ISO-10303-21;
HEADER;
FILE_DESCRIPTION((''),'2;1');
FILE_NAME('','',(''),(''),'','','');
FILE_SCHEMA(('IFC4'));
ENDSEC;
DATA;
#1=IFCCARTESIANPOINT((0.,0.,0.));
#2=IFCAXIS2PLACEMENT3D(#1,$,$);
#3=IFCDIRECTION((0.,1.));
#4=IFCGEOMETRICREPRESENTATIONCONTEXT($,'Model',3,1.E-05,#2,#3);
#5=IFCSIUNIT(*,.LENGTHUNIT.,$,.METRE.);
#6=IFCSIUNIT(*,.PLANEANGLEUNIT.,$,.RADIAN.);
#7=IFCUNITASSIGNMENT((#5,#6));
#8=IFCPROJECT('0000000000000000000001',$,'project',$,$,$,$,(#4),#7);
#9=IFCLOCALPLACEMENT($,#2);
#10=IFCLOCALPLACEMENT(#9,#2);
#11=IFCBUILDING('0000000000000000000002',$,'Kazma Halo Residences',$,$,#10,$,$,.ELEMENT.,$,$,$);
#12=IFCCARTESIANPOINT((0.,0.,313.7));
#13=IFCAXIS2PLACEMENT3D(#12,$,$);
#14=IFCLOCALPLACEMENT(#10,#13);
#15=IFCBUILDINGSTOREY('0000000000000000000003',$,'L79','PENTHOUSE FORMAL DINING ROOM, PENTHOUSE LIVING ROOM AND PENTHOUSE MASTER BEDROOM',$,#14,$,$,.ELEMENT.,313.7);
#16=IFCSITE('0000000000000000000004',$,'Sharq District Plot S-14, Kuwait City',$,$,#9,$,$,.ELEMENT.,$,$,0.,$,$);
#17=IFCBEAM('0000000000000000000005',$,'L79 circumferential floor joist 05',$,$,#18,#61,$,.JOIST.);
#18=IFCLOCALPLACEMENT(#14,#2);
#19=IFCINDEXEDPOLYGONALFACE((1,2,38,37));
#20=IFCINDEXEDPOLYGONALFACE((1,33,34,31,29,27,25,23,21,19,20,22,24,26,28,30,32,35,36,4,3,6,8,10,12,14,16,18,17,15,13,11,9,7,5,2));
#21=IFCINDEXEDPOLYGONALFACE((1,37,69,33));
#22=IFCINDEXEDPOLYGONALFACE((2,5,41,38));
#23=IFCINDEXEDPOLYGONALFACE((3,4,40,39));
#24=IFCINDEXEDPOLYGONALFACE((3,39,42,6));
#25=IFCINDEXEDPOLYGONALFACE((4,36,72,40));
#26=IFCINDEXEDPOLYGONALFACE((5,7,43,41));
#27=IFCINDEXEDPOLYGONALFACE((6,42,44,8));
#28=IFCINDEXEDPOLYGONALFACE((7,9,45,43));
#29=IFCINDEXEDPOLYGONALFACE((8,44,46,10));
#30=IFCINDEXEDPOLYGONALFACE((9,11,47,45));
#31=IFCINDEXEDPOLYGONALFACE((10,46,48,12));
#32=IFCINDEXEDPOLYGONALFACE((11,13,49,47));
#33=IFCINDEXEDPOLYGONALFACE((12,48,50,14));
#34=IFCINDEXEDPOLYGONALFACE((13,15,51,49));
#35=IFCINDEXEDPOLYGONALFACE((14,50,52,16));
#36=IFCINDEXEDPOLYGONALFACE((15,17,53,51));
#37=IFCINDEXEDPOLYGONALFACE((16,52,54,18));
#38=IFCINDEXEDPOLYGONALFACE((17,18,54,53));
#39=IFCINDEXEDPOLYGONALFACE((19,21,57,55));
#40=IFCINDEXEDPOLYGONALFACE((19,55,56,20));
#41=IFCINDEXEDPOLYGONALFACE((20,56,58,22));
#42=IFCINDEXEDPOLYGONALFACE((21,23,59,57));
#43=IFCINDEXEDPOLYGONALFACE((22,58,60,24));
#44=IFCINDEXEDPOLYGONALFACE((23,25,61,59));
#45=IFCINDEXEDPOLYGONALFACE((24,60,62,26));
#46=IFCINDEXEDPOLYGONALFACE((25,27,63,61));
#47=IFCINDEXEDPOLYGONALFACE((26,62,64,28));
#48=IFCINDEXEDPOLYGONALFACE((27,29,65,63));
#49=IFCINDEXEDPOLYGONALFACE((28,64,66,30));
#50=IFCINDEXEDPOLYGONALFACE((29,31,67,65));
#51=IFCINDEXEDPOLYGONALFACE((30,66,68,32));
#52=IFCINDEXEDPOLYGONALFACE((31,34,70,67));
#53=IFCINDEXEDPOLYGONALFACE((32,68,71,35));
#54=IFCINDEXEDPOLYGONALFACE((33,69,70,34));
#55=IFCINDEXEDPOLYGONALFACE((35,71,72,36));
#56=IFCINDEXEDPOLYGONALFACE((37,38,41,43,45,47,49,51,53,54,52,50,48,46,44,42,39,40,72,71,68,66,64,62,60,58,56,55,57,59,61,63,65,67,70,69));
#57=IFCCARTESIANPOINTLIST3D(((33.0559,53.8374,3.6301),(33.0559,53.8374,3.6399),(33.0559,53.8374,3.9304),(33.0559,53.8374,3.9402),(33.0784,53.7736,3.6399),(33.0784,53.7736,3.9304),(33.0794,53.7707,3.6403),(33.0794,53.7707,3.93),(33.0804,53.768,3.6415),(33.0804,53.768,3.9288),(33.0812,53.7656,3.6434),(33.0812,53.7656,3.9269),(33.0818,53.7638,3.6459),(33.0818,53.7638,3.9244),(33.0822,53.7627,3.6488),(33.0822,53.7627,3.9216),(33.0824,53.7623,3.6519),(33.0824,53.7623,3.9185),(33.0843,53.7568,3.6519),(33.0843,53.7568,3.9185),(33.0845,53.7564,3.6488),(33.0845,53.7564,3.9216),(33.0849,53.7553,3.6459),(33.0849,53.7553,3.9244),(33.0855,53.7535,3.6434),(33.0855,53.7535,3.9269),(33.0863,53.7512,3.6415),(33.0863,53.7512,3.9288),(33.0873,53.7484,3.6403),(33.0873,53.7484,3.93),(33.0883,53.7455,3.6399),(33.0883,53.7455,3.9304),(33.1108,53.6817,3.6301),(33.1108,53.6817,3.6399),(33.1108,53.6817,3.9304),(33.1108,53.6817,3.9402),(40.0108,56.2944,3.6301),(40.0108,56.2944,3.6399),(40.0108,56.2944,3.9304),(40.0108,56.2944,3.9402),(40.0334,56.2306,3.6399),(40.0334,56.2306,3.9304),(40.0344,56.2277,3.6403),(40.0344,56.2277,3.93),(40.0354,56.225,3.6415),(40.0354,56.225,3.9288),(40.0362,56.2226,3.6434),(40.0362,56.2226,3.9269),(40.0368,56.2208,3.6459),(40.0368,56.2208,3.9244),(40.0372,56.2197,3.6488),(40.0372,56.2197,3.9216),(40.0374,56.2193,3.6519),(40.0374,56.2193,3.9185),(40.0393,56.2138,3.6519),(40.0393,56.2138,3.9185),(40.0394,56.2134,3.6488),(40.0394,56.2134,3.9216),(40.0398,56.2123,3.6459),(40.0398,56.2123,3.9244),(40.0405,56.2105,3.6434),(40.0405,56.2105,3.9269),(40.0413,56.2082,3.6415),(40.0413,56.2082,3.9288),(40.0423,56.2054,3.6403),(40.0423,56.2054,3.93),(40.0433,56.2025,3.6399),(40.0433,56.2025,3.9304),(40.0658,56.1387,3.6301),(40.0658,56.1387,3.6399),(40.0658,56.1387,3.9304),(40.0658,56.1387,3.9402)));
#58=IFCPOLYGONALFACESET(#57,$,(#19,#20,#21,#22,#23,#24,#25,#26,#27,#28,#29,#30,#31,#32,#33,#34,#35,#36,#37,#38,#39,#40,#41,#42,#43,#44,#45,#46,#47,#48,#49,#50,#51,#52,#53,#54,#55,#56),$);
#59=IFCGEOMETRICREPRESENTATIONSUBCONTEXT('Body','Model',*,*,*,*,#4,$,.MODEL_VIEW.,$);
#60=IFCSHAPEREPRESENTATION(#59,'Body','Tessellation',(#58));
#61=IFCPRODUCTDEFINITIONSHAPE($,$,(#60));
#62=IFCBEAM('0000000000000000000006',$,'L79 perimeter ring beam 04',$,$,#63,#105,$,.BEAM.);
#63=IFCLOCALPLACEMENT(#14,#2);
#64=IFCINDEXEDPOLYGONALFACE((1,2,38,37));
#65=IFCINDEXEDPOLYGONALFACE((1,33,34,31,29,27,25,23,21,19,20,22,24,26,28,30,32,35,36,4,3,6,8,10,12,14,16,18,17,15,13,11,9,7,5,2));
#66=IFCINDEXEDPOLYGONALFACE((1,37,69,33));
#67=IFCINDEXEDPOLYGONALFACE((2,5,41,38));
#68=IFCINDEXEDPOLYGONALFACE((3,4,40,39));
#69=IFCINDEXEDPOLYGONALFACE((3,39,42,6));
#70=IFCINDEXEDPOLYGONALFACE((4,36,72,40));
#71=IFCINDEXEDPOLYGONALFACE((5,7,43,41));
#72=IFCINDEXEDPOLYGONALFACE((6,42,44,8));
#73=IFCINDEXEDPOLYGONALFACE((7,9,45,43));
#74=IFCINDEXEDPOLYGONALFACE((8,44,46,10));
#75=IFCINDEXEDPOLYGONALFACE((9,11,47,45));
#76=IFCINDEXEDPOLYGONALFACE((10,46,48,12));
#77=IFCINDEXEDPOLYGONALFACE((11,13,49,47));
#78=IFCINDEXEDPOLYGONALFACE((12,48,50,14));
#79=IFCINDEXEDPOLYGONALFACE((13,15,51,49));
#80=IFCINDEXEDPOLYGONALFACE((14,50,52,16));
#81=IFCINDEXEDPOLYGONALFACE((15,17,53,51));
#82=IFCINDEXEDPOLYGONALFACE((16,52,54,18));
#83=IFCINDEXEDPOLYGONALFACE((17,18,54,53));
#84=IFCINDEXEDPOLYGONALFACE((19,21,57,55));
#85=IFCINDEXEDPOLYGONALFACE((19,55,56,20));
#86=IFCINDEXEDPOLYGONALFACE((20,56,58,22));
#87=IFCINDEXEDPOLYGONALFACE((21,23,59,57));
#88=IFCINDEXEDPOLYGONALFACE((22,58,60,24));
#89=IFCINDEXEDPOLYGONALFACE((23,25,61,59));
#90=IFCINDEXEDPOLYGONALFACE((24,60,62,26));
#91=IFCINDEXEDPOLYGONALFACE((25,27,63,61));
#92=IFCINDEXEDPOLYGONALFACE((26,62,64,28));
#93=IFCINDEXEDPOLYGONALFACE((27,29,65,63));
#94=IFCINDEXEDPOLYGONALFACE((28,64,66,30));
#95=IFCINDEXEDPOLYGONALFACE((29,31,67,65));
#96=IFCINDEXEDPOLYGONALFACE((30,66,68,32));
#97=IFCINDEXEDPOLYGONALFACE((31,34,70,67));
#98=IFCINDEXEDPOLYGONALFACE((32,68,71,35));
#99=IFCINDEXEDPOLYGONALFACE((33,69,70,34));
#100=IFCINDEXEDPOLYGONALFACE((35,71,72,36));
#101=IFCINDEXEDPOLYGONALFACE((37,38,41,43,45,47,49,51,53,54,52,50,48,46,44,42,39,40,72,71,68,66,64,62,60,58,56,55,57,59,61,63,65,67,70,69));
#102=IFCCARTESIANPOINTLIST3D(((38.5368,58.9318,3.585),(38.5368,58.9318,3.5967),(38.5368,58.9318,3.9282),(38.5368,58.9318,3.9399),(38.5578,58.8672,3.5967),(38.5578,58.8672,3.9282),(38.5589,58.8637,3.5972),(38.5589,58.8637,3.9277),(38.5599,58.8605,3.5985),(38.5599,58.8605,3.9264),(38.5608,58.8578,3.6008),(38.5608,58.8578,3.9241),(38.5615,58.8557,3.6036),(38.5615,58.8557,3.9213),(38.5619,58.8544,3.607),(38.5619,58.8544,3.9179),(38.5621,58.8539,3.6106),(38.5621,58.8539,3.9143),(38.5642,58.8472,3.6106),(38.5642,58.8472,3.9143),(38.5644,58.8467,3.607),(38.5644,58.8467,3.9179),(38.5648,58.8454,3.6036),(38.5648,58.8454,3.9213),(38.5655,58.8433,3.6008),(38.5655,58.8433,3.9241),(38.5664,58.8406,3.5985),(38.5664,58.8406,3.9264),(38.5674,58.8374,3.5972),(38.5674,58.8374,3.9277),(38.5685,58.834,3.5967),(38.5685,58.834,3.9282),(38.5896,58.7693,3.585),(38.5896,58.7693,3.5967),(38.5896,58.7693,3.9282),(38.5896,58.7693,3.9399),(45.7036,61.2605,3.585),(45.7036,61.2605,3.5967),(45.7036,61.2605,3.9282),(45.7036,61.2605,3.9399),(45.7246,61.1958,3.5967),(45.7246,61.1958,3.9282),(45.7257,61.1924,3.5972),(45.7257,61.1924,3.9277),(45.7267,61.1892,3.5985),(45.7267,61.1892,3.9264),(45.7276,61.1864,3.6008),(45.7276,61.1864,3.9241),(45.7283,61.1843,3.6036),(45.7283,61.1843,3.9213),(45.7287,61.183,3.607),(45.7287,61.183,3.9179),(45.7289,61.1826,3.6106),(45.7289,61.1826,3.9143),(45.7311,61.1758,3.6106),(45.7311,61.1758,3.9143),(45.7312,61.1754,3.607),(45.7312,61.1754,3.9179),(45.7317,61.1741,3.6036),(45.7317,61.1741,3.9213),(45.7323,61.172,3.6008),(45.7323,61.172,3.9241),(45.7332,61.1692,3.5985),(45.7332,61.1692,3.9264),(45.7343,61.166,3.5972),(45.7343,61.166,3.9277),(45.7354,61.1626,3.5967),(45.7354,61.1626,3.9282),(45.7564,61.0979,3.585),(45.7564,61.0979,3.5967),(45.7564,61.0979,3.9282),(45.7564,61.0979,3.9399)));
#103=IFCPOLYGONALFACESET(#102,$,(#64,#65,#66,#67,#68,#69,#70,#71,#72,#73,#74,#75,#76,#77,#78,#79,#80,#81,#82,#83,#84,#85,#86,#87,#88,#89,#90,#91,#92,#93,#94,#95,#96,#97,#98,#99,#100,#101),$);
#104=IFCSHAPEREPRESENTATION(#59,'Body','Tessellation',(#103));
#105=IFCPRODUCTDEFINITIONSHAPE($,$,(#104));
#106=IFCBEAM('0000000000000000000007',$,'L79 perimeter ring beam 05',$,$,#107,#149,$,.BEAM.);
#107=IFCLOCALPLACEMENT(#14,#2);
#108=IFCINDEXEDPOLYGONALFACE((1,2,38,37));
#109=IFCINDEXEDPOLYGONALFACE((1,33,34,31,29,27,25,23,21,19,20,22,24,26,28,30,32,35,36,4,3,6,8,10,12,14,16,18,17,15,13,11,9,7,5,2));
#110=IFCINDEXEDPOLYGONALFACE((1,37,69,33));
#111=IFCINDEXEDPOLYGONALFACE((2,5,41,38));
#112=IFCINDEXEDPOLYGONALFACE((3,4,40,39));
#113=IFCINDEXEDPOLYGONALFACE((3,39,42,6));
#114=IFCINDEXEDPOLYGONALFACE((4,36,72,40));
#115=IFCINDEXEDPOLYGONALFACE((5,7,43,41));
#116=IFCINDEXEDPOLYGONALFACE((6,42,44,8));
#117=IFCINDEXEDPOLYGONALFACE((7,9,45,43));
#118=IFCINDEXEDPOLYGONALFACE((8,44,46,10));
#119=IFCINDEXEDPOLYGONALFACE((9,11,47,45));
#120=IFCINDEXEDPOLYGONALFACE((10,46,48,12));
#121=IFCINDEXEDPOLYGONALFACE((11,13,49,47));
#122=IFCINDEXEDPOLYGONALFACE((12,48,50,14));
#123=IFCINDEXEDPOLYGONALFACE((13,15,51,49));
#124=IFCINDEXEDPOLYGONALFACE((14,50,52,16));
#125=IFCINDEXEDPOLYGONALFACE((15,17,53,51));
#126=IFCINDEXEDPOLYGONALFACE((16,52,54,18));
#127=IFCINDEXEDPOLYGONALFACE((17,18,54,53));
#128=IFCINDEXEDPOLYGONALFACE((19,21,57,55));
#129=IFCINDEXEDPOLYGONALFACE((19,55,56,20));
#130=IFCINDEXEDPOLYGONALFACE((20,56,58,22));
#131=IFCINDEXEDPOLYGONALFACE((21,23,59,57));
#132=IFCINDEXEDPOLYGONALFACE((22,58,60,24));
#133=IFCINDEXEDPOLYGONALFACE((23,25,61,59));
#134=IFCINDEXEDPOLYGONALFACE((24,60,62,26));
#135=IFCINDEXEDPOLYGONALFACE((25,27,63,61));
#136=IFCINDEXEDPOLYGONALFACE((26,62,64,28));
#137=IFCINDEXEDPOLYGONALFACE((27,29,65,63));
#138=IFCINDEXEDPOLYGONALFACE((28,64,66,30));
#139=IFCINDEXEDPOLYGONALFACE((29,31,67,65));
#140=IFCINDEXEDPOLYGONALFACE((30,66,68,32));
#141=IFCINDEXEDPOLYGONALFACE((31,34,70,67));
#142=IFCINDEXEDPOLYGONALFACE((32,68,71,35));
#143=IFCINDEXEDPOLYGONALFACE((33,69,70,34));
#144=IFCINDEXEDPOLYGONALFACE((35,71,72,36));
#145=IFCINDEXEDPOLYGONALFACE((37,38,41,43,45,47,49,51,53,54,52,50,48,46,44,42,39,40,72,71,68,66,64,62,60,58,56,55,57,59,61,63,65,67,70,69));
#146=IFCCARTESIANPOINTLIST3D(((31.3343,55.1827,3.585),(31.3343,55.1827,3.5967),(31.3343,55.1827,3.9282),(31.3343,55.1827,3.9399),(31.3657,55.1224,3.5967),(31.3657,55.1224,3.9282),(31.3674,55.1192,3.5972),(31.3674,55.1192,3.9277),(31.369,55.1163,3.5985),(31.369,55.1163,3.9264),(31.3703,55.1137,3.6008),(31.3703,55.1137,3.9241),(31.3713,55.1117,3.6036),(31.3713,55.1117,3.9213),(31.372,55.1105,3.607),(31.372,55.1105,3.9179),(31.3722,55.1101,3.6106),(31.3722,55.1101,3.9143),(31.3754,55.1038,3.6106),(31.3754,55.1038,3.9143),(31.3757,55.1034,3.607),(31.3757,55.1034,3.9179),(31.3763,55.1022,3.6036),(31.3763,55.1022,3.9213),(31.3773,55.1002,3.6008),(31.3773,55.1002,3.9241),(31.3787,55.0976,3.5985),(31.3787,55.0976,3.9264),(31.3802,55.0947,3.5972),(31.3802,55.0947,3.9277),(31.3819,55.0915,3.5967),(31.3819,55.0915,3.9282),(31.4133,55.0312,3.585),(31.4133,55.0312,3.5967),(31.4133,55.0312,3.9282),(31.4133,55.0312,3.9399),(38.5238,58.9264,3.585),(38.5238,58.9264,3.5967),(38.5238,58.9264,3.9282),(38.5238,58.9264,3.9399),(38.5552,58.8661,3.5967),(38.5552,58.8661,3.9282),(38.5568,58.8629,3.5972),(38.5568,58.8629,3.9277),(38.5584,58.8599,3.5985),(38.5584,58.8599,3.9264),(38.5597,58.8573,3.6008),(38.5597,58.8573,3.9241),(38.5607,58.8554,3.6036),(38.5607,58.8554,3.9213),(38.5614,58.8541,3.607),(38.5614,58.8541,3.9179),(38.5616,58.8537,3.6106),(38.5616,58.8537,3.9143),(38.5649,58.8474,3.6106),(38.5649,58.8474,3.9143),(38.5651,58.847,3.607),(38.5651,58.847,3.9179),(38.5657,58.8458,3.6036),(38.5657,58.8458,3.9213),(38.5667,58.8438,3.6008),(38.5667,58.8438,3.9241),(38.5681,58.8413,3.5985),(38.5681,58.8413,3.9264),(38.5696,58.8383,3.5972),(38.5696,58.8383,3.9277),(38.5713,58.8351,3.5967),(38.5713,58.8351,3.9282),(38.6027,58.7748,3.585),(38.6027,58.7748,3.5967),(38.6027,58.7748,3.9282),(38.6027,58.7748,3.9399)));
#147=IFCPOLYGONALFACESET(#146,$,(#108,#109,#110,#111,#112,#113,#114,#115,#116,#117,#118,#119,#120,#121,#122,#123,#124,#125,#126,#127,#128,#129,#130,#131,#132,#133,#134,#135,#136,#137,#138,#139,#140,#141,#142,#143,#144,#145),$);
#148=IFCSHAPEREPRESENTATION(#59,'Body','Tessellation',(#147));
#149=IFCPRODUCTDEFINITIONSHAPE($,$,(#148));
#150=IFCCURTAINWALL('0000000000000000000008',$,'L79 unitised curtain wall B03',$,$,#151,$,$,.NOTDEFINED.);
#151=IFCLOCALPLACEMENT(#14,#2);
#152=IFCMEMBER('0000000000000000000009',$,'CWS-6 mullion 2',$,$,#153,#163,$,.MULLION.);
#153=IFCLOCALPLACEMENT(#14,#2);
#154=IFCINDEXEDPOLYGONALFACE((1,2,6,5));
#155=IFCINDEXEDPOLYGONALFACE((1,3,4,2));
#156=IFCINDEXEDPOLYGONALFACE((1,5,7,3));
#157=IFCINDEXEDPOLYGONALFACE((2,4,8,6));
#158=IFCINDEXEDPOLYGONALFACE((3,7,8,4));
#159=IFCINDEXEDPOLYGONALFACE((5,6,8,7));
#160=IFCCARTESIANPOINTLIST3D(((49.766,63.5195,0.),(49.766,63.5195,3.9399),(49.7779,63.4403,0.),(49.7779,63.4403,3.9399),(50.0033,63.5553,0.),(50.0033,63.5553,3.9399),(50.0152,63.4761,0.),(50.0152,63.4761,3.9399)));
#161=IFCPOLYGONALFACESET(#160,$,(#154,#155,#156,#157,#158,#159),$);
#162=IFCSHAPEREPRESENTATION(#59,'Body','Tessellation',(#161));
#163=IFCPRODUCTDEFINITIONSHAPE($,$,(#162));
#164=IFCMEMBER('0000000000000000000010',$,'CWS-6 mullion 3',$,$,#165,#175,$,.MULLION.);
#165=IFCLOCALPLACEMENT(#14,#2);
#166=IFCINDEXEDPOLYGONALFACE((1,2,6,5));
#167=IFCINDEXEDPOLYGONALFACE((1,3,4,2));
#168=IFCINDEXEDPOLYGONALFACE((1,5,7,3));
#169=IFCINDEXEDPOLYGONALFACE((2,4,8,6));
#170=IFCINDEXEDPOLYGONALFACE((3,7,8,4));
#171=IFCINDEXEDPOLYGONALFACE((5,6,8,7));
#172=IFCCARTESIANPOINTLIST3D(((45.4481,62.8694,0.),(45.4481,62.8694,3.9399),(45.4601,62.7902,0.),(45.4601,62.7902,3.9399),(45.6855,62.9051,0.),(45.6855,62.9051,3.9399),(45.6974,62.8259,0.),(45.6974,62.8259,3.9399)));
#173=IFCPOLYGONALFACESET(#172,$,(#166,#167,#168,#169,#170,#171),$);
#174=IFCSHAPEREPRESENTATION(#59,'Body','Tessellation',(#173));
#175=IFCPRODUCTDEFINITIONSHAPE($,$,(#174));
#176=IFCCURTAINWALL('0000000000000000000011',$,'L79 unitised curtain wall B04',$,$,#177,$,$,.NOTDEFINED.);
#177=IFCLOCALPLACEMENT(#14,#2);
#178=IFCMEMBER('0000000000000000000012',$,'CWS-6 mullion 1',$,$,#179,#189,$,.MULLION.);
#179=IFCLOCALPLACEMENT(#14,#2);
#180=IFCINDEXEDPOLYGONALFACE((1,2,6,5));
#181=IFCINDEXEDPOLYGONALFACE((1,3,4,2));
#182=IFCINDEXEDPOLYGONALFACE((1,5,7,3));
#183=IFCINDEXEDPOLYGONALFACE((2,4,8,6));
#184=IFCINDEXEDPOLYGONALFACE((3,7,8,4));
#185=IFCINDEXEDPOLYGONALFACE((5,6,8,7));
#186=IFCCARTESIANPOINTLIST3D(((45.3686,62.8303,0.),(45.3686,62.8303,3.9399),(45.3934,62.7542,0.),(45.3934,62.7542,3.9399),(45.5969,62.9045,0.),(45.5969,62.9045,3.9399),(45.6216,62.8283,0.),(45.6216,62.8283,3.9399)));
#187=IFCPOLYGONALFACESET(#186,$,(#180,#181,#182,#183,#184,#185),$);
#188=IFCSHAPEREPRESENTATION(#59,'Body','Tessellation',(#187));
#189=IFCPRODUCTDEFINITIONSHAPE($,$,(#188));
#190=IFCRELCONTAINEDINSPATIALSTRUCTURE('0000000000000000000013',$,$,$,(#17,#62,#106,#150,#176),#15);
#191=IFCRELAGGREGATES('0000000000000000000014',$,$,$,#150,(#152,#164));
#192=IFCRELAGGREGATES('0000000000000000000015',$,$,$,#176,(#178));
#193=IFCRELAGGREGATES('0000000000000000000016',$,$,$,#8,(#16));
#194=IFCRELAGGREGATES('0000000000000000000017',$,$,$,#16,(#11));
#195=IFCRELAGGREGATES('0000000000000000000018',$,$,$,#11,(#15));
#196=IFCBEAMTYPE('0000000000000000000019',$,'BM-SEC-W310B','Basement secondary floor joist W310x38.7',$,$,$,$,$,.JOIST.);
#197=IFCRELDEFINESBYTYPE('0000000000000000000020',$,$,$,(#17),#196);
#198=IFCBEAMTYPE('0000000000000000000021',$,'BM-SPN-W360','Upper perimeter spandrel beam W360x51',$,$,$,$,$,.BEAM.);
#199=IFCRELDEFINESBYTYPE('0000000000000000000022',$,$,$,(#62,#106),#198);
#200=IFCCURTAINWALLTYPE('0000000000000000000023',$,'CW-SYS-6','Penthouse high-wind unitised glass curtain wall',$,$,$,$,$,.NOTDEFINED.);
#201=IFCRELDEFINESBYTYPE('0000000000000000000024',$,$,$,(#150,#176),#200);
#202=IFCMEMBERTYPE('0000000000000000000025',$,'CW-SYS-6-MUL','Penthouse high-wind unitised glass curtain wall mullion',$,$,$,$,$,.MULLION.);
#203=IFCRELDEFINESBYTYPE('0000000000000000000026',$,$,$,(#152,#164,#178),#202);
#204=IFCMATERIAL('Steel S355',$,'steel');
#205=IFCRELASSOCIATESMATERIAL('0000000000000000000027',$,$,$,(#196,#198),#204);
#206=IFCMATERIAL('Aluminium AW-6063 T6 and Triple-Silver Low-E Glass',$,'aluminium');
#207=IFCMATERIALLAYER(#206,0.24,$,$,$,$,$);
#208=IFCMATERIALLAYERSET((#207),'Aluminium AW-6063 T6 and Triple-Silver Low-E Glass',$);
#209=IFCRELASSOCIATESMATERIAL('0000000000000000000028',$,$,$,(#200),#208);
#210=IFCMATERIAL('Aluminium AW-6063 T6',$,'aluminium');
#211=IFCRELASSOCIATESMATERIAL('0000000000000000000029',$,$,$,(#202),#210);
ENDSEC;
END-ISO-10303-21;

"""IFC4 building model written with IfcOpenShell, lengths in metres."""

from ifc_helpers import new_model, si_unit, direction, frame, origin, origin_2d, place, context, subcontext, project, spatial, rectangle, i_section, extrude, material, layer, layer_set, material_profile, profile_set, type_object, element, aggregate, save


model = new_model("IFC4")

# Units and contexts
model_context = context("Model", 3, precision=1e-05, world=origin(), true_north=direction((0.0, 1.0)))
body_context = subcontext(model_context, "Body", "Model", "MODEL_VIEW")
ifc_project = project(units=[si_unit("LENGTHUNIT", "METRE"), si_unit("PLANEANGLEUNIT", "RADIAN")], contexts=[model_context])

# Site, building, storey
site_placement = place(None, origin())
site = spatial("IfcSite", under=ifc_project, at=site_placement, Name="Sharq District Plot S-14, Kuwait City", CompositionType="ELEMENT", RefElevation=0.0)
building_placement = place(site_placement, origin())
building = spatial("IfcBuilding", under=site, at=building_placement, Name="Kazma Halo Residences", CompositionType="ELEMENT")
storey_placement = place(building_placement, frame((0.0, 0.0, 313.7)))
storey = spatial("IfcBuildingStorey", under=building, at=storey_placement, Name="L79", Description="PENTHOUSE FORMAL DINING ROOM, PENTHOUSE LIVING ROOM AND PENTHOUSE MASTER BEDROOM", CompositionType="ELEMENT", Elevation=313.7)

# Beams
ifc_material_1 = material(Name="Steel S355", Category="steel")
ifc_material_profile_1 = material_profile(ifc_material_1, i_section(OverallWidth=0.165, OverallDepth=0.3101, WebThickness=0.0059, FlangeThickness=0.0098, FilletRadius=0.012, at=origin_2d()), Name="W310x38.7")
ifc_profile_set_1 = profile_set([ifc_material_profile_1], Name="Steel S355")
beam_type_1 = type_object("IfcBeamType", Name="BM-SEC-W310B", Description="Basement secondary floor joist W310x38.7", PredefinedType="JOIST", material=ifc_profile_set_1)
beam_1_placement = place(storey_placement, frame((40.0383, 56.2166, 3.7852), z_axis=(-0.942893, -0.333097, 0.0), x_axis=(0.333097, -0.942893, 0.0)))
element("IfcBeam", 1, at=beam_1_placement, inside=storey, type_object=beam_type_1, Name="L79 circumferential floor joist 05", PredefinedType="JOIST", context=body_context, shape_type="SweptSolid", body=[
    extrude(i_section(OverallWidth=0.165, OverallDepth=0.3101, WebThickness=0.0059, FlangeThickness=0.0098, FilletRadius=0.012, at=origin_2d()), origin(), (0.0, 0.0, 1.0), 7.3762),
])
ifc_material_profile_2 = material_profile(ifc_material_1, i_section(OverallWidth=0.1709, OverallDepth=0.355, WebThickness=0.0071, FlangeThickness=0.0117, FilletRadius=0.0139, at=origin_2d()), Name="W360x51")
ifc_profile_set_2 = profile_set([ifc_material_profile_2], Name="Steel S355")
beam_type_2 = type_object("IfcBeamType", Name="BM-SPN-W360", Description="Upper perimeter spandrel beam W360x51", PredefinedType="BEAM", material=ifc_profile_set_2)
beam_2_placement = place(storey_placement, frame((45.73, 61.1792, 3.7625), z_axis=(-0.951057, -0.309016, 0.0), x_axis=(0.309016, -0.951057, 0.0)))
element("IfcBeam", 2, at=beam_2_placement, inside=storey, type_object=beam_type_2, Name="L79 perimeter ring beam 04", PredefinedType="BEAM", context=body_context, shape_type="SweptSolid", body=[
    extrude(i_section(OverallWidth=0.1709, OverallDepth=0.355, WebThickness=0.0071, FlangeThickness=0.0117, FilletRadius=0.0139, at=origin_2d()), origin(), (0.0, 0.0, 1.0), 7.5356),
])
beam_3_placement = place(storey_placement, frame((38.5632, 58.8506, 3.7625), z_axis=(-0.886957, -0.461851, 0.0), x_axis=(0.461851, -0.886957, 0.0)))
element("IfcBeam", 3, at=beam_3_placement, inside=storey, type_object=beam_type_2, Name="L79 perimeter ring beam 05", PredefinedType="BEAM", context=body_context, shape_type="SweptSolid", body=[
    extrude(i_section(OverallWidth=0.1709, OverallDepth=0.355, WebThickness=0.0071, FlangeThickness=0.0117, FilletRadius=0.0139, at=origin_2d()), origin(), (0.0, 0.0, 1.0), 8.1057),
])

# Curtain walls, members
ifc_material_2 = material(Name="Aluminium AW-6063 T6 and Triple-Silver Low-E Glass", Category="aluminium")
ifc_layer_1 = layer(ifc_material_2, 0.24)
ifc_layer_set_1 = layer_set([ifc_layer_1], Name="Aluminium AW-6063 T6 and Triple-Silver Low-E Glass")
curtain_wall_type = type_object("IfcCurtainWallType", Name="CW-SYS-6", Description="Penthouse high-wind unitised glass curtain wall", PredefinedType="NOTDEFINED", material=ifc_layer_set_1)
curtain_wall_1_placement = place(storey_placement, origin())
curtain_wall_1 = element("IfcCurtainWall", 4, at=curtain_wall_1_placement, inside=storey, type_object=curtain_wall_type, Name="L79 unitised curtain wall B03", PredefinedType="NOTDEFINED")
ifc_material_3 = material(Name="Aluminium AW-6063 T6", Category="aluminium")
ifc_material_profile_3 = material_profile(ifc_material_3, rectangle(XDim=0.0801, YDim=0.24, at=origin_2d()), Name="CWM-80x240")
ifc_profile_set_3 = profile_set([ifc_material_profile_3], Name="Aluminium AW-6063 T6")
member_type_1 = type_object("IfcMemberType", Name="CW-SYS-6-MUL", Description="Penthouse high-wind unitised glass curtain wall mullion", PredefinedType="MULLION", material=ifc_profile_set_3)
member_1_placement = place(storey_placement, frame((49.8906, 63.4978, 0.0), z_axis=(0.0, 0.0, 1.0), x_axis=(0.148871, -0.988857, 0.0)))
member_1 = element("IfcMember", 5, at=member_1_placement, type_object=member_type_1, Name="CWS-6 mullion 2", PredefinedType="MULLION", context=body_context, shape_type="SweptSolid", body=[
    extrude(rectangle(XDim=0.0801, YDim=0.24, at=origin_2d()), origin(), (0.0, 0.0, 1.0), 3.9399),
])
member_2_placement = place(storey_placement, frame((45.5728, 62.8477, 0.0), z_axis=(0.0, 0.0, 1.0), x_axis=(0.148871, -0.988857, 0.0)))
member_2 = element("IfcMember", 6, at=member_2_placement, type_object=member_type_1, Name="CWS-6 mullion 3", PredefinedType="MULLION", context=body_context, shape_type="SweptSolid", body=[
    extrude(rectangle(XDim=0.0801, YDim=0.24, at=origin_2d()), origin(), (0.0, 0.0, 1.0), 3.9399),
])
curtain_wall_2_placement = place(storey_placement, origin())
curtain_wall_2 = element("IfcCurtainWall", 7, at=curtain_wall_2_placement, inside=storey, type_object=curtain_wall_type, Name="L79 unitised curtain wall B04", PredefinedType="NOTDEFINED")
member_3_placement = place(storey_placement, frame((45.4951, 62.8293, 0.0), z_axis=(0.0, 0.0, 1.0), x_axis=(0.30902, -0.951056, 0.0)))
member_3 = element("IfcMember", 8, at=member_3_placement, type_object=member_type_1, Name="CWS-6 mullion 1", PredefinedType="MULLION", context=body_context, shape_type="SweptSolid", body=[
    extrude(rectangle(XDim=0.0801, YDim=0.24, at=origin_2d()), origin(), (0.0, 0.0, 1.0), 3.9399),
])

aggregate(curtain_wall_1, [member_1, member_2])
aggregate(curtain_wall_2, [member_3])

save(model, "model.ifc")
